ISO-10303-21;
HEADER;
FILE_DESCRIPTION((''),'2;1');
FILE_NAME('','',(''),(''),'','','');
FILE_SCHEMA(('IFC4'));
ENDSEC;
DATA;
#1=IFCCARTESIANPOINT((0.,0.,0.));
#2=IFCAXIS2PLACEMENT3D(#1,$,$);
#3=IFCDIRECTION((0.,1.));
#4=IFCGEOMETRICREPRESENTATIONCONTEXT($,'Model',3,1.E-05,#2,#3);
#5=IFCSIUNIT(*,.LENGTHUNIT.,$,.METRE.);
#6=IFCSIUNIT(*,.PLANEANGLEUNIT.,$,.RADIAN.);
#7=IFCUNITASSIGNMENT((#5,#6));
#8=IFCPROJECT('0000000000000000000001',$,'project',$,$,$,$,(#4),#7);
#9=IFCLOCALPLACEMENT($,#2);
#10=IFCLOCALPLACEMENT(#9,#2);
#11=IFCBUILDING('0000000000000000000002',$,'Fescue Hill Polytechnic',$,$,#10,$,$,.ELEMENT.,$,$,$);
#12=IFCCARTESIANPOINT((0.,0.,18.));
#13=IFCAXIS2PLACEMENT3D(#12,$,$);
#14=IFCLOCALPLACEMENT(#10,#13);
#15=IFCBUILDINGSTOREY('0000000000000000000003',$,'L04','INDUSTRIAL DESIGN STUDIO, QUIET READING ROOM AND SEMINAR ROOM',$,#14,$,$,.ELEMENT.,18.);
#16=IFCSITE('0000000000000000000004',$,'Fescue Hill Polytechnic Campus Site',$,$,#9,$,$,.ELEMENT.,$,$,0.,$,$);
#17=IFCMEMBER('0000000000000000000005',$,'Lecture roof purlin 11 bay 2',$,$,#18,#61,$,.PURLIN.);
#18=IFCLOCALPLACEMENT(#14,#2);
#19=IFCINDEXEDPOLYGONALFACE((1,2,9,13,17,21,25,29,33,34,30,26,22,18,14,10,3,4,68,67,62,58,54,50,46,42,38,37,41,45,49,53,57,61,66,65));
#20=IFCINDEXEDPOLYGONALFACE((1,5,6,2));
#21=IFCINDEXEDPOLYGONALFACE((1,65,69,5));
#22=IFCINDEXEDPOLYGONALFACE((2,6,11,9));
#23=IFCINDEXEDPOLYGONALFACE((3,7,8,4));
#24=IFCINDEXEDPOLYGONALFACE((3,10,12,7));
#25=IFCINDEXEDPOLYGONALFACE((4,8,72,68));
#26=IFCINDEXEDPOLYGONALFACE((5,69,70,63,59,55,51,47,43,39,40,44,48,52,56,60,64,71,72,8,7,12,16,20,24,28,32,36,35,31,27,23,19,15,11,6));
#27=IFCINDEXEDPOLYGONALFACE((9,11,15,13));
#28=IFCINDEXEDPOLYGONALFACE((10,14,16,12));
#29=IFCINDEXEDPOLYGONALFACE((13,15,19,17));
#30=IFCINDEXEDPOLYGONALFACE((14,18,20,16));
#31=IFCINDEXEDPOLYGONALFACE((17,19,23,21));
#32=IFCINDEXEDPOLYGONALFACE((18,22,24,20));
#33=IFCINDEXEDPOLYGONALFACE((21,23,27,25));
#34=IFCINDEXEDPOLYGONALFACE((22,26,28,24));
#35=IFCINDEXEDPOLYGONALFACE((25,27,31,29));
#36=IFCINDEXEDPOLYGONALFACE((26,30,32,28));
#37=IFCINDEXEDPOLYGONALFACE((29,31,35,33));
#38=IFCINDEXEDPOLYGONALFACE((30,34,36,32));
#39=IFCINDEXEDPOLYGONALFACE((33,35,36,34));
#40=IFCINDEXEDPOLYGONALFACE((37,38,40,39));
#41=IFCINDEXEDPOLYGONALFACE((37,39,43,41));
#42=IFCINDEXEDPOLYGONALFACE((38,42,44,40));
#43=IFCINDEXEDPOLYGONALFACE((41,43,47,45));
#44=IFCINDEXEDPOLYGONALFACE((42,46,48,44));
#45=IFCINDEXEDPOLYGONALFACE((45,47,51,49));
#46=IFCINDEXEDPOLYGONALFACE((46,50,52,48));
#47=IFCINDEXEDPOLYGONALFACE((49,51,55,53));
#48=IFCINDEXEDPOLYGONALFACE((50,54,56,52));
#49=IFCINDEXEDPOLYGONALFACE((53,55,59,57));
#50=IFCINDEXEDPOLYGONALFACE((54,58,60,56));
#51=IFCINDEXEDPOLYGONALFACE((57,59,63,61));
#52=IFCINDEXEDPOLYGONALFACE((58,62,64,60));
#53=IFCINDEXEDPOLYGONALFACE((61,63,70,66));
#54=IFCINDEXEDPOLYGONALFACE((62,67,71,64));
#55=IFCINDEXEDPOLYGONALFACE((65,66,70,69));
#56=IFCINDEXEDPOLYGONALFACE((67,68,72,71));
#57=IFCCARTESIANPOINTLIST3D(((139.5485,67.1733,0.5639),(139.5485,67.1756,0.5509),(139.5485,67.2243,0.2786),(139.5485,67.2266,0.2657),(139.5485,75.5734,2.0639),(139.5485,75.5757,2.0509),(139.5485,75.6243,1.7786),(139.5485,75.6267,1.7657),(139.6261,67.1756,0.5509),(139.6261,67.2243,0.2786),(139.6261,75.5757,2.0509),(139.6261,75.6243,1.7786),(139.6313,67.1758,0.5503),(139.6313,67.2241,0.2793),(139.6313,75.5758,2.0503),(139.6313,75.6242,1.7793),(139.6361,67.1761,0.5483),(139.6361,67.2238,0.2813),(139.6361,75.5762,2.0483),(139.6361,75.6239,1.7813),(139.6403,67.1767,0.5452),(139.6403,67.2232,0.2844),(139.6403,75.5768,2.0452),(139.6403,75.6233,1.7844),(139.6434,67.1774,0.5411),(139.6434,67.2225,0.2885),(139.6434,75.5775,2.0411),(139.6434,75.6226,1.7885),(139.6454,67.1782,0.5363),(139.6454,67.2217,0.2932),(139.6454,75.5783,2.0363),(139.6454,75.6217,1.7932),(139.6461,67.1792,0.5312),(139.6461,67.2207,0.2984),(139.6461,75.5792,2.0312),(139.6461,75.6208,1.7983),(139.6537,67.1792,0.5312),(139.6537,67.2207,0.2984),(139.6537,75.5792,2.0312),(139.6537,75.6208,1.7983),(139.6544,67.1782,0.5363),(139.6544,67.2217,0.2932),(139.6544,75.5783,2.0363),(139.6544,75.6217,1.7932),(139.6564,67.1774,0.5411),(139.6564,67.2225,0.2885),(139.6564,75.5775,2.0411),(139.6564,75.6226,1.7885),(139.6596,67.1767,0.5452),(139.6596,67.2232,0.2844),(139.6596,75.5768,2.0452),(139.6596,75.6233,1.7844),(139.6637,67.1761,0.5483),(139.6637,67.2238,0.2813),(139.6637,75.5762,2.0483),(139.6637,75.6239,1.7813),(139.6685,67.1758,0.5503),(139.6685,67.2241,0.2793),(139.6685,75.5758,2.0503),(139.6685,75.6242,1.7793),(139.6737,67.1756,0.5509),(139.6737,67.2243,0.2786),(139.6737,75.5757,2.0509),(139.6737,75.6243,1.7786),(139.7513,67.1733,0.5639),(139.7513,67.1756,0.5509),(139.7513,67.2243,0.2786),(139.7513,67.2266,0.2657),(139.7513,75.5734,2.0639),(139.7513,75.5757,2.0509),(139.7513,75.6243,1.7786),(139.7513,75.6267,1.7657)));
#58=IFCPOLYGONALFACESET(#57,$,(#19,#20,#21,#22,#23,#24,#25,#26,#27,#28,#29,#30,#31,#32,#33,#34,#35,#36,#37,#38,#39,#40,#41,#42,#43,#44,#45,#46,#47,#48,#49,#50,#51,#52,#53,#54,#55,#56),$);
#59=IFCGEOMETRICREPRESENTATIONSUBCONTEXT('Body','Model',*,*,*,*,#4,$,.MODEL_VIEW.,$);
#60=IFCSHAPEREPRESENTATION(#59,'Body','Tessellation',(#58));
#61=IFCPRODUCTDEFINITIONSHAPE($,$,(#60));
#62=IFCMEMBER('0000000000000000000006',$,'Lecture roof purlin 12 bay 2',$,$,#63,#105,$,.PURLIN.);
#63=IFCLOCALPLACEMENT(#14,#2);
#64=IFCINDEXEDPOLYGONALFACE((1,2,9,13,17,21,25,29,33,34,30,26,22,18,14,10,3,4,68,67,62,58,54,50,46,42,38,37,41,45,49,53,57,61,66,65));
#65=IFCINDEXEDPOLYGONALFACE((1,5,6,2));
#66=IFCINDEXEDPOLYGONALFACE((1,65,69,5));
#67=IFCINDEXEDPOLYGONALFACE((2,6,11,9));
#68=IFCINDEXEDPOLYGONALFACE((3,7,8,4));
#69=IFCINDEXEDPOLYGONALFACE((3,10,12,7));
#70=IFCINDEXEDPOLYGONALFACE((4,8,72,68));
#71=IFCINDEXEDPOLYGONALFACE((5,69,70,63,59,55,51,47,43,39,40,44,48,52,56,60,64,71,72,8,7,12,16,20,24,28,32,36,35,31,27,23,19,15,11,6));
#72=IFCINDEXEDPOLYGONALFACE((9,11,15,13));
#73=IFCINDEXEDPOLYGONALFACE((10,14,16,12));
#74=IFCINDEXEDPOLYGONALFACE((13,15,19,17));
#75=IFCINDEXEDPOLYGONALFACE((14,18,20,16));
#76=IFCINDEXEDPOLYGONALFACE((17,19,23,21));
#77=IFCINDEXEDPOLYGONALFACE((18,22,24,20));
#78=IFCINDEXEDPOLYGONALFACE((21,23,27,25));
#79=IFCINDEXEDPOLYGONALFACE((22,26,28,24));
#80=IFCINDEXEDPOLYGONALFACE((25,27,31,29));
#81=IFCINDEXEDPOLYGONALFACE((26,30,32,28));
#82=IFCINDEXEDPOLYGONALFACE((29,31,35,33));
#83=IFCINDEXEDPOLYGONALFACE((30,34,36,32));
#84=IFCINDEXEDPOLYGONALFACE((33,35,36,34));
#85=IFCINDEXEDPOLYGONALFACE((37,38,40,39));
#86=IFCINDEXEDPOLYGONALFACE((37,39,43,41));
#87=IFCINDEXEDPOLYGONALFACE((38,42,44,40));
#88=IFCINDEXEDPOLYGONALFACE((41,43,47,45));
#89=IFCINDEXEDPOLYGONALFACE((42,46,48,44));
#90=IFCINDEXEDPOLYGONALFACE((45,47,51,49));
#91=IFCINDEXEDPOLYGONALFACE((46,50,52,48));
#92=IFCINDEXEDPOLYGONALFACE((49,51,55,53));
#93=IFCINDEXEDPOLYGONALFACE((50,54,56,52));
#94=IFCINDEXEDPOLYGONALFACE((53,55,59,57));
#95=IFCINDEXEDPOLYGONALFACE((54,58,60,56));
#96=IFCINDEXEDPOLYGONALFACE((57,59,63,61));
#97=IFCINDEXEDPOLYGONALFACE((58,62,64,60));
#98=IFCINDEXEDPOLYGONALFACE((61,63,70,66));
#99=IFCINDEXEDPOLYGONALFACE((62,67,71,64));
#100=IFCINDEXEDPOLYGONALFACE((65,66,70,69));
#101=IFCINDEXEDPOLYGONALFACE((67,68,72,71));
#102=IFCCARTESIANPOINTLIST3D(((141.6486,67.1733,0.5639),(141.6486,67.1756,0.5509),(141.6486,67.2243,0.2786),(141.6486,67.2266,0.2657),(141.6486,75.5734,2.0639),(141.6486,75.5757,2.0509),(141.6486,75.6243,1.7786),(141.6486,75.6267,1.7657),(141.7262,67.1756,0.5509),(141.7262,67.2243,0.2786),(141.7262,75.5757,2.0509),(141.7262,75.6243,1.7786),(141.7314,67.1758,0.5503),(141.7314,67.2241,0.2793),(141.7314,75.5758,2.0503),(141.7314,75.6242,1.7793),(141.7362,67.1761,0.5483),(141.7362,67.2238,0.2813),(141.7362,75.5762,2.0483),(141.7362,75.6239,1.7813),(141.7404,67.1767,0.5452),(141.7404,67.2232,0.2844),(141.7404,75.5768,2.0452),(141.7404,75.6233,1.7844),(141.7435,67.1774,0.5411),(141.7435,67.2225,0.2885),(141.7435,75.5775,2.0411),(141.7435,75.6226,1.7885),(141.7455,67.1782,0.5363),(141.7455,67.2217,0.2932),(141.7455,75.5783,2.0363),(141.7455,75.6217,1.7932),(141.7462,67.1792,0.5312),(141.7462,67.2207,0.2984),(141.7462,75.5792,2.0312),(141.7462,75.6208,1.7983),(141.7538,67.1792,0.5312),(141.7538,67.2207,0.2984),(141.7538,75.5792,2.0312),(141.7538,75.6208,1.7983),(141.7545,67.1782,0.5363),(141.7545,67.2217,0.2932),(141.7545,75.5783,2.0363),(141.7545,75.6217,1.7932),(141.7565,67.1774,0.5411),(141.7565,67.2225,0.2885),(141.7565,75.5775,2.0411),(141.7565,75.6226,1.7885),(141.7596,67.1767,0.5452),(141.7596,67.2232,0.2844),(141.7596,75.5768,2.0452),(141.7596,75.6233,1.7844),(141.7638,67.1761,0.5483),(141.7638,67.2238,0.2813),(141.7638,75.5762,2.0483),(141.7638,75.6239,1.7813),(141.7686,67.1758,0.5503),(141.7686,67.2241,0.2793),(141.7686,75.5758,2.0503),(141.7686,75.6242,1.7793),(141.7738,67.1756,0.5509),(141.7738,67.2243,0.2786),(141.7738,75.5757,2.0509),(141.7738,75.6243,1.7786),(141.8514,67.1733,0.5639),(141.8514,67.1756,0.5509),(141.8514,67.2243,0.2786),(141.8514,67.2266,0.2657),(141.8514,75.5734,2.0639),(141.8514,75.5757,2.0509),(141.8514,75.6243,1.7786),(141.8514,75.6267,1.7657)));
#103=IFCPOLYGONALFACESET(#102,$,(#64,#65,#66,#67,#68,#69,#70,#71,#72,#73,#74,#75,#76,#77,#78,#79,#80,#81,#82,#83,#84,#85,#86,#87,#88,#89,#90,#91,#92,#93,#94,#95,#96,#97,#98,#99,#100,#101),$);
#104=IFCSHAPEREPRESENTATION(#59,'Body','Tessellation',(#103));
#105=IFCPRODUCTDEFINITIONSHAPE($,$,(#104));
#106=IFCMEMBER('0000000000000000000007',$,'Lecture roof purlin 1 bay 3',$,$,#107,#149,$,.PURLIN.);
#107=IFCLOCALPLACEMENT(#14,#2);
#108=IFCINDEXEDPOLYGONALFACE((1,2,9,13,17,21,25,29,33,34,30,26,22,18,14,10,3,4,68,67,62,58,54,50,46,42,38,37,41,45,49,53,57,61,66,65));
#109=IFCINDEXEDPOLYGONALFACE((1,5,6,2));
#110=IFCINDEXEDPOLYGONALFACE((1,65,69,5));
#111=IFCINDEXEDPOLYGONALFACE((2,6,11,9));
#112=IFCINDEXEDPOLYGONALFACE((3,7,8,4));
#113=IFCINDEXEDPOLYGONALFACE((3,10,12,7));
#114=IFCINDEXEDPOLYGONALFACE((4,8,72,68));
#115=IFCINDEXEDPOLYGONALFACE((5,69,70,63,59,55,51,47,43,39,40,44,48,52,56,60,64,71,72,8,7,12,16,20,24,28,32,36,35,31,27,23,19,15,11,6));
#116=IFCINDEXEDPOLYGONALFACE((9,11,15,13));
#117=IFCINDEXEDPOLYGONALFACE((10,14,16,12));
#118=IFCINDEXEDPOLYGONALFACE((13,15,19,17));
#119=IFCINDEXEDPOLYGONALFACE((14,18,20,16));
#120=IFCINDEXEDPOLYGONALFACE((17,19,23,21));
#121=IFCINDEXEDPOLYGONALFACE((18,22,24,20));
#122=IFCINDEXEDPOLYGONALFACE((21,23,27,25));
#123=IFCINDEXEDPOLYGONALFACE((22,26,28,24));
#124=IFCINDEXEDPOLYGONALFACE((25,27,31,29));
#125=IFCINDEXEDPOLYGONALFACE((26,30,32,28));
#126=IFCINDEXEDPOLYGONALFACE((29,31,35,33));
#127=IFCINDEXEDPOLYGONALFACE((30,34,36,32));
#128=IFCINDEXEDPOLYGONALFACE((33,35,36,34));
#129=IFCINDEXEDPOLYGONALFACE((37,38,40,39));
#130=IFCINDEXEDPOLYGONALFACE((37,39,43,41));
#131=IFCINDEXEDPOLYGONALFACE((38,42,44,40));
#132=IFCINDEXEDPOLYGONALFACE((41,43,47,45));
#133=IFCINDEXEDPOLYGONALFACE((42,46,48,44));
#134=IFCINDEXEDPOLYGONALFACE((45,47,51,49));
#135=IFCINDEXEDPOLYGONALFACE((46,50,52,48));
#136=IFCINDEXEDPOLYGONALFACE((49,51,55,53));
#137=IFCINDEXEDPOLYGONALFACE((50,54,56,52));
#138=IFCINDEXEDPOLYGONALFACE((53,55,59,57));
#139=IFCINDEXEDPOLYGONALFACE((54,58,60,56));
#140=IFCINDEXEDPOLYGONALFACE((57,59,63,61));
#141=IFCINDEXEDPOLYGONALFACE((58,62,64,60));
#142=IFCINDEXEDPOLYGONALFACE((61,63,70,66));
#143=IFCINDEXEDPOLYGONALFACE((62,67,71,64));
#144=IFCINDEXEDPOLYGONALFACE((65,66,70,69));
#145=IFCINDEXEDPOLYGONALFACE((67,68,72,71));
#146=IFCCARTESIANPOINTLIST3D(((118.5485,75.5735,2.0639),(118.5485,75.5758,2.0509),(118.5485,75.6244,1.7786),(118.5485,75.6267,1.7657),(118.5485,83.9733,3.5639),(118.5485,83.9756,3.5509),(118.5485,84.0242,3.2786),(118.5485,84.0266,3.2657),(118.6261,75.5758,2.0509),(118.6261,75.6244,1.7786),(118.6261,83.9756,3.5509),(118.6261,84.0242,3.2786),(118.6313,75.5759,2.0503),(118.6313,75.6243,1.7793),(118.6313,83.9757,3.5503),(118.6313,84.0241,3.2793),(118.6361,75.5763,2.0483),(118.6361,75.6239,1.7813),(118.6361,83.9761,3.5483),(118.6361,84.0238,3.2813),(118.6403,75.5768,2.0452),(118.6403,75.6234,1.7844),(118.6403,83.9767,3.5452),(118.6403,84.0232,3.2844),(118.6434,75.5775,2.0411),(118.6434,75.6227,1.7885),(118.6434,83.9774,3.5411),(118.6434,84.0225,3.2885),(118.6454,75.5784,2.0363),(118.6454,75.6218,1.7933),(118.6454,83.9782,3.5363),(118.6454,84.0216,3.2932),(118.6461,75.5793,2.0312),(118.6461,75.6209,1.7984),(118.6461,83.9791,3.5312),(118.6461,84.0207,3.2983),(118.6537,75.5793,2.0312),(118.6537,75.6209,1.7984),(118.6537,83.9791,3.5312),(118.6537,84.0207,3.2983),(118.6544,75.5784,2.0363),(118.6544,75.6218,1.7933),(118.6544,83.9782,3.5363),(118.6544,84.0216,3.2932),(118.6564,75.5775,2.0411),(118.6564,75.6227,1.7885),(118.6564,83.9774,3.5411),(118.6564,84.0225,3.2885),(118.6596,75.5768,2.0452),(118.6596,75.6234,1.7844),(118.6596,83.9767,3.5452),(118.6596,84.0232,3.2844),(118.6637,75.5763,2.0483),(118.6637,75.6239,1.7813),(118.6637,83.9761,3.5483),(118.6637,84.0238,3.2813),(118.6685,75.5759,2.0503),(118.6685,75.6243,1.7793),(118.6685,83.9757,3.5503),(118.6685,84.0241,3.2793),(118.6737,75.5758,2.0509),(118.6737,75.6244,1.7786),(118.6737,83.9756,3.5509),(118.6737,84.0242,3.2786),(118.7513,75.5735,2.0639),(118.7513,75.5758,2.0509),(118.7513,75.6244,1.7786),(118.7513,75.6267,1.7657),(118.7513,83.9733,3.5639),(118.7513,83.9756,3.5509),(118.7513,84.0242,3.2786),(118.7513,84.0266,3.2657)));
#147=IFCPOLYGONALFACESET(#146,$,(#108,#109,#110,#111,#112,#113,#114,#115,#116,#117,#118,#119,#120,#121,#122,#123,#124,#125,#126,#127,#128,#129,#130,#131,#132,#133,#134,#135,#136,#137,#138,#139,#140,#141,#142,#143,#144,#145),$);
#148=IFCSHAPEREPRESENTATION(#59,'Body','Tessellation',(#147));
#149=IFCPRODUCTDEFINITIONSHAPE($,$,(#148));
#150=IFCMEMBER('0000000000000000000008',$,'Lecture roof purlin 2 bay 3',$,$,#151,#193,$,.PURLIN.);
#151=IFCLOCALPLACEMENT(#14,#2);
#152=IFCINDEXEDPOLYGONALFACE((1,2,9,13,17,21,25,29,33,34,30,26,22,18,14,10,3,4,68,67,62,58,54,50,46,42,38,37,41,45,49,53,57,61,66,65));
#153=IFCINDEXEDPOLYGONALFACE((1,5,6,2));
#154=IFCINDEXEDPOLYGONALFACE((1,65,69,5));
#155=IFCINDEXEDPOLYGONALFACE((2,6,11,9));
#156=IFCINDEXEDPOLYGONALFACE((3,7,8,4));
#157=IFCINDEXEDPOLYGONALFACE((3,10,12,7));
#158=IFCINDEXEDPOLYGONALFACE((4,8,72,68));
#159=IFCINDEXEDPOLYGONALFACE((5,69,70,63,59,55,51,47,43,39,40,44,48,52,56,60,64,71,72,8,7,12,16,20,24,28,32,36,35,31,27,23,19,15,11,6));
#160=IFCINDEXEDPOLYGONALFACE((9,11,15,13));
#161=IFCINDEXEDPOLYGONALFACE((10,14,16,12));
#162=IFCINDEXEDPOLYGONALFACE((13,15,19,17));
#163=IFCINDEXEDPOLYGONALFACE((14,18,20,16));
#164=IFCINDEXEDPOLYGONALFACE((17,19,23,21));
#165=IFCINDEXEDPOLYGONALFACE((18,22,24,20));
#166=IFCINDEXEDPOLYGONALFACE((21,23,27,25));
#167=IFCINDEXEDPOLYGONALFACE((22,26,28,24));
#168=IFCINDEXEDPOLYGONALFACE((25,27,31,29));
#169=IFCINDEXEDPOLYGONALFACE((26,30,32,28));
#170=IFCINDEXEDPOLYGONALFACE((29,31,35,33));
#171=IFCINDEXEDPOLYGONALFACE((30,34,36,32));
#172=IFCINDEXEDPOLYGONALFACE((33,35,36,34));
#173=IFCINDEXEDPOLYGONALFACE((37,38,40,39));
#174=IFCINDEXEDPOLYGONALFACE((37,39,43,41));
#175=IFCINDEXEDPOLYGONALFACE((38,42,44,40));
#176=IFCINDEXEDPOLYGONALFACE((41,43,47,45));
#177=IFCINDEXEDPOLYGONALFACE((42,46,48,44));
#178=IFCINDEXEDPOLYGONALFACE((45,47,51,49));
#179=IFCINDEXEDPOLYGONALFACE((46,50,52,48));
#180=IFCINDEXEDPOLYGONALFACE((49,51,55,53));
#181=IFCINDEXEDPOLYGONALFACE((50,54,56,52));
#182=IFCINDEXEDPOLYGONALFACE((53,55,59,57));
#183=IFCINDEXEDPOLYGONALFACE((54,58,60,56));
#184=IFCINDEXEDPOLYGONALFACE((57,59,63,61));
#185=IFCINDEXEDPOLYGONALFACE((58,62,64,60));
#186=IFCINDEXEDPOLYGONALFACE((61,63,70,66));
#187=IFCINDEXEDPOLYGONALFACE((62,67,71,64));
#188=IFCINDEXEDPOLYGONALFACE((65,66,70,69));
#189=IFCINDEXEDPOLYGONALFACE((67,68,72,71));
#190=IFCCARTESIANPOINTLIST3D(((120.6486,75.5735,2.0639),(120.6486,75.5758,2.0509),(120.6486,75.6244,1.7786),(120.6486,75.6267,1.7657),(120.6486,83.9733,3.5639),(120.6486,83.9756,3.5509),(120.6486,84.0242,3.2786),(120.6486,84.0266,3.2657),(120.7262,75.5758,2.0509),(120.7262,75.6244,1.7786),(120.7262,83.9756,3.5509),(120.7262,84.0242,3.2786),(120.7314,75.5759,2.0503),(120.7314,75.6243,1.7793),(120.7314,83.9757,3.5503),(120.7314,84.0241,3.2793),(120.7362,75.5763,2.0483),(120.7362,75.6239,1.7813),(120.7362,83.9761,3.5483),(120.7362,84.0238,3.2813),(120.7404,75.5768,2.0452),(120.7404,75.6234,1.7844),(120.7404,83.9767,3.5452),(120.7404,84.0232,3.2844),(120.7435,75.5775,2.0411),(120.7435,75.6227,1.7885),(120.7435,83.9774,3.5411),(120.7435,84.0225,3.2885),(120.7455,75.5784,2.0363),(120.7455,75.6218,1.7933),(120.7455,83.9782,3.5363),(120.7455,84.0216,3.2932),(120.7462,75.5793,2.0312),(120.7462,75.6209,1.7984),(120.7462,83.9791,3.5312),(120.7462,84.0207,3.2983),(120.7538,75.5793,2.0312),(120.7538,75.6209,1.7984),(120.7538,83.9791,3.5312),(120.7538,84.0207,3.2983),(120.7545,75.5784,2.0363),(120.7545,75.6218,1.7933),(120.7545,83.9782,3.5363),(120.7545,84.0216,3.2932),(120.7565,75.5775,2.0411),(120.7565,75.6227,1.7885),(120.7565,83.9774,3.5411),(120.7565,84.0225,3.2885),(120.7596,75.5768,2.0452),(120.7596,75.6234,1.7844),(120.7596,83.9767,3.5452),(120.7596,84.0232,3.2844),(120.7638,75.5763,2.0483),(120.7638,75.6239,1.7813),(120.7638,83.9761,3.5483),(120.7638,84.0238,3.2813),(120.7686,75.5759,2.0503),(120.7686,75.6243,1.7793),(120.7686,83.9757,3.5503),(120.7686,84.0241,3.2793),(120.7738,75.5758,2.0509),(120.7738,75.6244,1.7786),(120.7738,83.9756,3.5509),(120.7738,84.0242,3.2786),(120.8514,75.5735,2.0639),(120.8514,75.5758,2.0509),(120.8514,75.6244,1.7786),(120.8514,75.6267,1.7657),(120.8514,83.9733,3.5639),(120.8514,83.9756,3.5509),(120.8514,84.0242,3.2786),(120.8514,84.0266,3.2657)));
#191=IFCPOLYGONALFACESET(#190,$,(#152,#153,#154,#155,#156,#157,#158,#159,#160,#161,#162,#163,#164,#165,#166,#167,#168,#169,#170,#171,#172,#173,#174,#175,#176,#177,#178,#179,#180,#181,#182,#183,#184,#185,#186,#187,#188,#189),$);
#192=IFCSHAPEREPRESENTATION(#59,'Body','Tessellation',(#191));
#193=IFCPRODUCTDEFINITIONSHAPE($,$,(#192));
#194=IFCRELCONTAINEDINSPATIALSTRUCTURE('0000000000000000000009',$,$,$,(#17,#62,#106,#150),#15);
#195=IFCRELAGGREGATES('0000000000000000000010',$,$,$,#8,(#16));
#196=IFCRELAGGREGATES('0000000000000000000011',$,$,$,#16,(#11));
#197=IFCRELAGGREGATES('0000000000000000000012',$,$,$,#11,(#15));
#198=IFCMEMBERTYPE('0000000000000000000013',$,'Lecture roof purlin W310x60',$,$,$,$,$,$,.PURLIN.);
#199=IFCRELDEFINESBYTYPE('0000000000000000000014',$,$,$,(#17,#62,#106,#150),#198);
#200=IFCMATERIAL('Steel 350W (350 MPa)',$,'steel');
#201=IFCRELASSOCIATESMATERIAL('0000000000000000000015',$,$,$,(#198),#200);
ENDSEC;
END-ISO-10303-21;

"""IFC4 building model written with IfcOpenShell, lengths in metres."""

from ifc_helpers import new_model, si_unit, direction, frame, origin, origin_2d, place, context, subcontext, project, spatial, i_section, extrude, material, material_profile, profile_set, type_object, element, save


model = new_model("IFC4")

# Units and contexts
model_context = context("Model", 3, precision=1e-05, world=origin(), true_north=direction((0.0, 1.0)))
body_context = subcontext(model_context, "Body", "Model", "MODEL_VIEW")
ifc_project = project(units=[si_unit("LENGTHUNIT", "METRE"), si_unit("PLANEANGLEUNIT", "RADIAN")], contexts=[model_context])

# Site, building, storey
site_placement = place(None, origin())
site = spatial("IfcSite", under=ifc_project, at=site_placement, Name="Fescue Hill Polytechnic Campus Site", CompositionType="ELEMENT", RefElevation=0.0)
building_placement = place(site_placement, origin())
building = spatial("IfcBuilding", under=site, at=building_placement, Name="Fescue Hill Polytechnic", CompositionType="ELEMENT")
storey_placement = place(building_placement, frame((0.0, 0.0, 18.0)))
storey = spatial("IfcBuildingStorey", under=building, at=storey_placement, Name="L04", Description="INDUSTRIAL DESIGN STUDIO, QUIET READING ROOM AND SEMINAR ROOM", CompositionType="ELEMENT", Elevation=18.0)

# Shared definitions
ifc_material_1 = material(Name="Steel 350W (350 MPa)", Category="steel")

# Members
ifc_material_profile_1 = material_profile(ifc_material_1, i_section(OverallWidth=0.2029, OverallDepth=0.303, WebThickness=0.0076, FlangeThickness=0.0132, FilletRadius=0.02, at=origin_2d()), Name="W310x60")
ifc_profile_set_1 = profile_set([ifc_material_profile_1], Name="Steel 350W (350 MPa)")
member_type = type_object("IfcMemberType", Name="Lecture roof purlin W310x60", PredefinedType="PURLIN", material=ifc_profile_set_1)
for number, where, z_axis, x_axis, name in (
    (1, (139.6499, 67.2, 0.4148), (0.0, 0.984428, 0.175788), (-1.0, 0.0, 0.0), "Lecture roof purlin 11 bay 2"),
    (2, (141.75, 67.2, 0.4148), (0.0, 0.984428, 0.175788), (-1.0, 0.0, 0.0), "Lecture roof purlin 12 bay 2"),
):
    element("IfcMember", number, at=place(storey_placement, frame(where, z_axis=z_axis, x_axis=x_axis)), inside=storey, type_object=member_type, Name=name, PredefinedType="PURLIN", context=body_context, shape_type="SweptSolid", body=[
        extrude(i_section(OverallWidth=0.2029, OverallDepth=0.303, WebThickness=0.0076, FlangeThickness=0.0132, FilletRadius=0.02, at=origin_2d()), origin(), (0.0, 0.0, 1.0), 8.533),
    ])
for number, where, z_axis, x_axis, name in (
    (3, (118.6499, 75.6001, 1.9148), (0.0, 0.984427, 0.175793), (-1.0, 0.0, 0.0), "Lecture roof purlin 1 bay 3"),
    (4, (120.75, 75.6001, 1.9148), (0.0, 0.984427, 0.175793), (-1.0, 0.0, 0.0), "Lecture roof purlin 2 bay 3"),
):
    element("IfcMember", number, at=place(storey_placement, frame(where, z_axis=z_axis, x_axis=x_axis)), inside=storey, type_object=member_type, Name=name, PredefinedType="PURLIN", context=body_context, shape_type="SweptSolid", body=[
        extrude(i_section(OverallWidth=0.2029, OverallDepth=0.303, WebThickness=0.0076, FlangeThickness=0.0132, FilletRadius=0.02, at=origin_2d()), origin(), (0.0, 0.0, 1.0), 8.5327),
    ])

save(model, "model.ifc")
